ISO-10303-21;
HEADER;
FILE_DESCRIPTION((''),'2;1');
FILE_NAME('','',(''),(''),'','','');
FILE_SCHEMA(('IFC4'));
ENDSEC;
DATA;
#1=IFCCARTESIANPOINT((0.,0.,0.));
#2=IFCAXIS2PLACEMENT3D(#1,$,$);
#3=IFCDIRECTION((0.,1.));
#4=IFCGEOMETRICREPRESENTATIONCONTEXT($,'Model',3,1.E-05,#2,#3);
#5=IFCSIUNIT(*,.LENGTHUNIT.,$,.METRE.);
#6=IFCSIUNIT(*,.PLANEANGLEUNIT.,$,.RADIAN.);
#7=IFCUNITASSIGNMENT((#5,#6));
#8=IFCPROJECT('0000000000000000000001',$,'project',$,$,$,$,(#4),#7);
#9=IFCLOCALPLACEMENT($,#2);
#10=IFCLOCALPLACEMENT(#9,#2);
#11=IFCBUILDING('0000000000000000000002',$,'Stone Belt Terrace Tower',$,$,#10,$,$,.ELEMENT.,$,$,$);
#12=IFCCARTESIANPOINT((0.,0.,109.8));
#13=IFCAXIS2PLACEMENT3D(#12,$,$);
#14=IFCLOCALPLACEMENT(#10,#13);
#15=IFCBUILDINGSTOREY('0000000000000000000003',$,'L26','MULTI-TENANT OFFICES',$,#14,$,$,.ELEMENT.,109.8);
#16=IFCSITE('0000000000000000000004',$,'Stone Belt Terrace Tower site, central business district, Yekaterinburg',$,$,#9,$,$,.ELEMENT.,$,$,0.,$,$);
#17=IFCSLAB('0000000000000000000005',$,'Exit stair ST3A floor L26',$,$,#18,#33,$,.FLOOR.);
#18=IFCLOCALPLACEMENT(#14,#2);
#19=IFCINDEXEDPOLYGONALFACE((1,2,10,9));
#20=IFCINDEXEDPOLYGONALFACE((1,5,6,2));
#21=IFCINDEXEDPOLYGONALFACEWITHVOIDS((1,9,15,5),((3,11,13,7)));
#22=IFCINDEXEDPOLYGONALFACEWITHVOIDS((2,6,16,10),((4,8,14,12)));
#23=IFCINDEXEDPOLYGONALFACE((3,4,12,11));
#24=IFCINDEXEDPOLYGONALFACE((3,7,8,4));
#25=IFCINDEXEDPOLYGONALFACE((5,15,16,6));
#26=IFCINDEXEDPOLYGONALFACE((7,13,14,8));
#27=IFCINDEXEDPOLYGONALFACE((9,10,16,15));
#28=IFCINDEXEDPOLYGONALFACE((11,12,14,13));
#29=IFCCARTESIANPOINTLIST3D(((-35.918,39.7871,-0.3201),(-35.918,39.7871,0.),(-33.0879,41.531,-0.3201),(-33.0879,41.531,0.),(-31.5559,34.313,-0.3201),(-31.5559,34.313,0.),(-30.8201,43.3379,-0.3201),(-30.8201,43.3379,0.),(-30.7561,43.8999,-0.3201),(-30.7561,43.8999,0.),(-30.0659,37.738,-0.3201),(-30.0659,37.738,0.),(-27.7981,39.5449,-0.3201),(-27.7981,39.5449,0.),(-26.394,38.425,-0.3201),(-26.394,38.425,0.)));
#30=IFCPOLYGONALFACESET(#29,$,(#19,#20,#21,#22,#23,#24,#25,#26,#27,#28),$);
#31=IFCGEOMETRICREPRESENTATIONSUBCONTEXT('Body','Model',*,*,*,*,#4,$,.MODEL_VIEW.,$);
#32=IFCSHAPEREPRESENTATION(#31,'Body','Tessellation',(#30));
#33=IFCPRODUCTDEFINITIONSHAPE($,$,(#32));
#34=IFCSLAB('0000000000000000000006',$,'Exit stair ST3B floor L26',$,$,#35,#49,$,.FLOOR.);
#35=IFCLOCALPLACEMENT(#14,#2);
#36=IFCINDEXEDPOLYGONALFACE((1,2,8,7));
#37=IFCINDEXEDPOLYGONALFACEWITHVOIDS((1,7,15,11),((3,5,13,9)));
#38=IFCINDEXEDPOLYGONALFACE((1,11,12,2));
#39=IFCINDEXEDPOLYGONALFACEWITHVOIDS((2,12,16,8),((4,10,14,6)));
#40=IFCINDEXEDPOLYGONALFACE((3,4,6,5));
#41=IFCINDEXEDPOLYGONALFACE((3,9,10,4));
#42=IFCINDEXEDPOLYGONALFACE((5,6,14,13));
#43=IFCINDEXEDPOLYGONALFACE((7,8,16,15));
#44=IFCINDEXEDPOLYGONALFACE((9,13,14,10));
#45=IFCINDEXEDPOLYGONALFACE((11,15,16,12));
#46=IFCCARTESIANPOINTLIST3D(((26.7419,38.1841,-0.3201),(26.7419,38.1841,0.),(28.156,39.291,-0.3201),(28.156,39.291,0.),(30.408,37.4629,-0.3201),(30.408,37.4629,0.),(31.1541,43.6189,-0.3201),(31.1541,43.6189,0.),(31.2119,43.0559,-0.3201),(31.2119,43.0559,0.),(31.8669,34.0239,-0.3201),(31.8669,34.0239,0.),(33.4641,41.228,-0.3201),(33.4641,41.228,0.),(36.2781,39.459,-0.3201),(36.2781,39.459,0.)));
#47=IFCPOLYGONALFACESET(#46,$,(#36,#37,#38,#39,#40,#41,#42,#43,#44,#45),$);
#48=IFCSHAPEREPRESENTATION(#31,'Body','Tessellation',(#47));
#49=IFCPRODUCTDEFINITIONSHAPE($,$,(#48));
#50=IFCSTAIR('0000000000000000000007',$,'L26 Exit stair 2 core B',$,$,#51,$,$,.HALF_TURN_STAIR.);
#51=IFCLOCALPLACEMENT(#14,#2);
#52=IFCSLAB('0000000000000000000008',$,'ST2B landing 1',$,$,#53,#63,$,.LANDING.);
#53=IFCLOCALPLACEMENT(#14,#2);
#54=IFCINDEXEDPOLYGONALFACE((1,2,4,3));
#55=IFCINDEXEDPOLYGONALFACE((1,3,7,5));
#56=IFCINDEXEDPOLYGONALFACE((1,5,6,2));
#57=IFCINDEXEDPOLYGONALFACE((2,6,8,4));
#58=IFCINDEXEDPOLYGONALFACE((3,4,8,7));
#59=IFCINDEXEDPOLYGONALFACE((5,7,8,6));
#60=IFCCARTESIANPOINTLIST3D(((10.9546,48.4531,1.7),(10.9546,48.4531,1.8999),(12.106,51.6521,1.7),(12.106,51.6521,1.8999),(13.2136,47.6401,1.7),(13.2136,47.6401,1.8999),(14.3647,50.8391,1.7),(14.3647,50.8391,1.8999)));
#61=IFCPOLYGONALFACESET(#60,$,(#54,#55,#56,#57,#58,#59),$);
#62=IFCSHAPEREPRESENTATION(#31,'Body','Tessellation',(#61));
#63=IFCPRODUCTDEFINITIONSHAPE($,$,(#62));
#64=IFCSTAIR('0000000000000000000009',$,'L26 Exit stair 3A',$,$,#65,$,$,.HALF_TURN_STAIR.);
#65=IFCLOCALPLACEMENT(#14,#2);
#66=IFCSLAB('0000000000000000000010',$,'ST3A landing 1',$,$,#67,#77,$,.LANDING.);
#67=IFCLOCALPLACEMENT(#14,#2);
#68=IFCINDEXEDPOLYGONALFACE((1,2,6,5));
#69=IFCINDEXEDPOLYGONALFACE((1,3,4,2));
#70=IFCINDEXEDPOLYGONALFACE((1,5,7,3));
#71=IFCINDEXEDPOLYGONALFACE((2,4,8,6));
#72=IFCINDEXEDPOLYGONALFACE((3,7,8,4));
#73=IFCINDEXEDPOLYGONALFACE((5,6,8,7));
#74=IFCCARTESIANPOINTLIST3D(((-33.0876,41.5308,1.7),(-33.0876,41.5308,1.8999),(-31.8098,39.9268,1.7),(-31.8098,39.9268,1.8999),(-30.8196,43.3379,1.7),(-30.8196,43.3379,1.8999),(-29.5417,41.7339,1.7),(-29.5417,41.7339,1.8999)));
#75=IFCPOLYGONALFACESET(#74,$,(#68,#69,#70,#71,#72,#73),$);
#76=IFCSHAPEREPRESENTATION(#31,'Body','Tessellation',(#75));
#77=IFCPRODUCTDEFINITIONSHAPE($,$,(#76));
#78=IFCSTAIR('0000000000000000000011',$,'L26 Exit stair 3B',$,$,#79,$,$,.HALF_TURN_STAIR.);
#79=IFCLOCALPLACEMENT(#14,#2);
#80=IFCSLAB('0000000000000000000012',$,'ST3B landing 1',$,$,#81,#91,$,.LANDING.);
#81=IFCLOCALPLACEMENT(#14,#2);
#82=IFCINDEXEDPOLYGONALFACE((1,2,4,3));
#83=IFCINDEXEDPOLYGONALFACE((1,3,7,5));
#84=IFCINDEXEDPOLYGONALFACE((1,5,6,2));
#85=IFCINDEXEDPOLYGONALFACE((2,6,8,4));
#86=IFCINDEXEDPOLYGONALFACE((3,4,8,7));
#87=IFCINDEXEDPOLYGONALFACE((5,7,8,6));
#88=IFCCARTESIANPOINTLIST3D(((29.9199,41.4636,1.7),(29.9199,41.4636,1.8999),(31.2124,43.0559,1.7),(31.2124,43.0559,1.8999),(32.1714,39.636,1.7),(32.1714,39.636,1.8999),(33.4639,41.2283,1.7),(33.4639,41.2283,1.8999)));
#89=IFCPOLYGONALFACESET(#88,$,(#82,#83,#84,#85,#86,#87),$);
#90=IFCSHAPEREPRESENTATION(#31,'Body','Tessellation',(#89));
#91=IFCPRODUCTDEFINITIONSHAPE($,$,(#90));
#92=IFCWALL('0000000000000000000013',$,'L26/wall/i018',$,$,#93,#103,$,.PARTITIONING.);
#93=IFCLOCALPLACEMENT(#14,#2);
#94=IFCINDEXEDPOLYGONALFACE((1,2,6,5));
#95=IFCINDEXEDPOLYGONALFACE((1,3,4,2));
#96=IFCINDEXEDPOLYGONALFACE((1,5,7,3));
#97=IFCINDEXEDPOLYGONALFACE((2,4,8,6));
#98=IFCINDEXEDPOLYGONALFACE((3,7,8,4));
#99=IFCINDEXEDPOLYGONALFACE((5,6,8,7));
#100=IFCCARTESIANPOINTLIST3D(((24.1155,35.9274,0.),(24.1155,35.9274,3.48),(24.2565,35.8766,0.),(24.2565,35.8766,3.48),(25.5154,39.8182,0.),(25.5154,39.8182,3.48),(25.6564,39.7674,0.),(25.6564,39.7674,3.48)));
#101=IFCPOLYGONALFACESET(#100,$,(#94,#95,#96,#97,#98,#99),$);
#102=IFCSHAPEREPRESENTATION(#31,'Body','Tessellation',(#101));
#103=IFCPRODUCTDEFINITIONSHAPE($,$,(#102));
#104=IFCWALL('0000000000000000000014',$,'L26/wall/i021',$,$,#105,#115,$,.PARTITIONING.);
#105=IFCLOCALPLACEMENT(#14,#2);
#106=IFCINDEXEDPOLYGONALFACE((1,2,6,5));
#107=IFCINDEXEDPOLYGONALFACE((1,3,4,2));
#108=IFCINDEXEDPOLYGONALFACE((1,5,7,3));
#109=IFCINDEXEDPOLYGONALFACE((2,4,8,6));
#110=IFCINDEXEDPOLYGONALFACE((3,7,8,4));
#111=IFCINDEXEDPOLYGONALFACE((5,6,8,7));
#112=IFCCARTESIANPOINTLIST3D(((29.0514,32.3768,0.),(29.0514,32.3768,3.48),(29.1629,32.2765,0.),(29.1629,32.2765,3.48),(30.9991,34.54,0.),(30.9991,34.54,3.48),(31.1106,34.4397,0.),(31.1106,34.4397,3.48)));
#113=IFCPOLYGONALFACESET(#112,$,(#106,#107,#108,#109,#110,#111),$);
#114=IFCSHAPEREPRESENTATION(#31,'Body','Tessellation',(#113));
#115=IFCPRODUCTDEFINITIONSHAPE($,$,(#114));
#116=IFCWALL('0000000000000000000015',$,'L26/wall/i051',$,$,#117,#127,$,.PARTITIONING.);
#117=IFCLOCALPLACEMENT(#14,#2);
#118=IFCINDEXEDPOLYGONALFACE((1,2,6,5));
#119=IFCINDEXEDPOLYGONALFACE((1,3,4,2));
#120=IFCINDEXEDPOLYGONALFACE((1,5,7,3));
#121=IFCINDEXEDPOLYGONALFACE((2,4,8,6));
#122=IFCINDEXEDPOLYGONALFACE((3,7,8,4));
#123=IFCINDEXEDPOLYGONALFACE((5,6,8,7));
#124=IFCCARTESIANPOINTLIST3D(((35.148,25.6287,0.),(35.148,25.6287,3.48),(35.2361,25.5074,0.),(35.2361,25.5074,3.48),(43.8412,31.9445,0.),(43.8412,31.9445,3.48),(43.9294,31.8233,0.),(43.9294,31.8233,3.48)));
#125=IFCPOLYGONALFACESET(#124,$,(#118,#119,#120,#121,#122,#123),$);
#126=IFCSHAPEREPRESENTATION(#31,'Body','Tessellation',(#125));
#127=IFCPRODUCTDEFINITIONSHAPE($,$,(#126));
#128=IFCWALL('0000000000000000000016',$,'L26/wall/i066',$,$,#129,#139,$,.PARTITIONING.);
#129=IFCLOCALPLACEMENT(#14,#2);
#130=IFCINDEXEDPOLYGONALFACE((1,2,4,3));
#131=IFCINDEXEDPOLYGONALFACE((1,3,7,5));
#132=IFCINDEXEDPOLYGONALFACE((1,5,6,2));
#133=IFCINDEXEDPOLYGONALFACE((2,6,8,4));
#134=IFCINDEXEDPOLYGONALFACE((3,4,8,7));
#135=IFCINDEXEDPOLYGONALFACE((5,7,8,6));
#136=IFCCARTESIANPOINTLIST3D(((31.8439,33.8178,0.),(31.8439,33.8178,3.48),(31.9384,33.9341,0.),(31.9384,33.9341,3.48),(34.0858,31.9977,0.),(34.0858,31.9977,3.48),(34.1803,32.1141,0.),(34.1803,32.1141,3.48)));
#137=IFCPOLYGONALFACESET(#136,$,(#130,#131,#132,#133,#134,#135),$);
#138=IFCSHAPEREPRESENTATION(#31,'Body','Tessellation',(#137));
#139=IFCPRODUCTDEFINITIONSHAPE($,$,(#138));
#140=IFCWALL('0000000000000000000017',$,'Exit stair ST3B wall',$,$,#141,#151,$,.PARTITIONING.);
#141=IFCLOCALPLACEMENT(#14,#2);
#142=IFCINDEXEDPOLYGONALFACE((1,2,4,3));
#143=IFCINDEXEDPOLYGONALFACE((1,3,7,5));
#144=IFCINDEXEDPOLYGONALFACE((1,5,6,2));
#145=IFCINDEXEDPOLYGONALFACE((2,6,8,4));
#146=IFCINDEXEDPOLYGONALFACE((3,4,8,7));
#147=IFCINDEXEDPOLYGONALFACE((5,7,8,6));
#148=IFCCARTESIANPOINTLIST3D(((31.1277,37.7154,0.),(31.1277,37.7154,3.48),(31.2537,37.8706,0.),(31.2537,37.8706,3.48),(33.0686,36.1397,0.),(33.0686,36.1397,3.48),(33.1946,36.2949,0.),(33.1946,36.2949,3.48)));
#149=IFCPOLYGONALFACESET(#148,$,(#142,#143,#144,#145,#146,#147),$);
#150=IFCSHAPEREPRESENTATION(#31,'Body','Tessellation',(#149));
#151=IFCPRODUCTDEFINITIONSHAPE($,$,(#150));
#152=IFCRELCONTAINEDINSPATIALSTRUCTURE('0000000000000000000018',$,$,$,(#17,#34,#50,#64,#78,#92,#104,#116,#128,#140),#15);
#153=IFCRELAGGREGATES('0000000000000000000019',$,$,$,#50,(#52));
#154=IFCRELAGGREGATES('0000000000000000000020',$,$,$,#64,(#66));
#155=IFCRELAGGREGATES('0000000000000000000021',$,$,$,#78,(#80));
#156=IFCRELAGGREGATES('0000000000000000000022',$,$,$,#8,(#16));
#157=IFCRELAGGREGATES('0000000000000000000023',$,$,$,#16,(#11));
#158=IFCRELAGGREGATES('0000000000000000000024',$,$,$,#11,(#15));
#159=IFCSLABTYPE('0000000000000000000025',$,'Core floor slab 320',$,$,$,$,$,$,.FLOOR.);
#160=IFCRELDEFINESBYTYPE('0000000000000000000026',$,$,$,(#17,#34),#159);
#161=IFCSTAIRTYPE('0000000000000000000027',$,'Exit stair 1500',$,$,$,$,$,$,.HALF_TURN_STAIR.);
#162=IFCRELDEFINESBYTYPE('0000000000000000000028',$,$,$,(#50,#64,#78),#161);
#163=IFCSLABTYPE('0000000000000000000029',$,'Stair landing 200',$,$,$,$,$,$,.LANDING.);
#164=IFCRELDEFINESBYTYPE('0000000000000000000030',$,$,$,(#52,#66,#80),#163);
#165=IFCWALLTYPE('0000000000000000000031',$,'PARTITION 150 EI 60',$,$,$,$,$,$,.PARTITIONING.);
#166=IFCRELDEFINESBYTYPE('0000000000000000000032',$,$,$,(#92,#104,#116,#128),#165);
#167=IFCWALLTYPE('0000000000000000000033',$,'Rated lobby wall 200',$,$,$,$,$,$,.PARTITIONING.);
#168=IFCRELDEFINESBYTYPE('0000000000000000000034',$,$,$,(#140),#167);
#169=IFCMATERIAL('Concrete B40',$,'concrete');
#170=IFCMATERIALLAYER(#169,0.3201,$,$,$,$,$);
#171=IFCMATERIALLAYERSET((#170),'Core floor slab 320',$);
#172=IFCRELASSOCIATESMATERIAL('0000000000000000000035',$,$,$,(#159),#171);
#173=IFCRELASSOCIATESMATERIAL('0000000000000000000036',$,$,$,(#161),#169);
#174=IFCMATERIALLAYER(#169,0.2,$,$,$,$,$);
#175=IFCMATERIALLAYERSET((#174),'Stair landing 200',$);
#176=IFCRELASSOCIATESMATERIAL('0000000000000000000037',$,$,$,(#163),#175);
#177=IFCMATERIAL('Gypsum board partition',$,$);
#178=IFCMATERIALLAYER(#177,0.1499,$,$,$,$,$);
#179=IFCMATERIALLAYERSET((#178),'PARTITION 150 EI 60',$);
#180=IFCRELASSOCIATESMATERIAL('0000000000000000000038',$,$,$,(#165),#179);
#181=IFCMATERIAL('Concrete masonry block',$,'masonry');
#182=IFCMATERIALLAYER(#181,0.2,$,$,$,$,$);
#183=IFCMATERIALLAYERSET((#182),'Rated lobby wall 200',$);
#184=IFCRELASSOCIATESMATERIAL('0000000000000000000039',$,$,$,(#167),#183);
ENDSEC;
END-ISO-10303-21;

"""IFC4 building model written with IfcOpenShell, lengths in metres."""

from ifc_helpers import new_model, si_unit, direction, frame, frame_2d, origin, place, context, subcontext, project, spatial, polyline, rectangle, outline, extrude, material, layer, layer_set, type_object, element, aggregate, save


model = new_model("IFC4")

# Units and contexts
model_context = context("Model", 3, precision=1e-05, world=origin(), true_north=direction((0.0, 1.0)))
body_context = subcontext(model_context, "Body", "Model", "MODEL_VIEW")
ifc_project = project(units=[si_unit("LENGTHUNIT", "METRE"), si_unit("PLANEANGLEUNIT", "RADIAN")], contexts=[model_context])

# Site, building, storey
site_placement = place(None, origin())
site = spatial("IfcSite", under=ifc_project, at=site_placement, Name="Stone Belt Terrace Tower site, central business district, Yekaterinburg", CompositionType="ELEMENT", RefElevation=0.0)
building_placement = place(site_placement, origin())
building = spatial("IfcBuilding", under=site, at=building_placement, Name="Stone Belt Terrace Tower", CompositionType="ELEMENT")
storey_placement = place(building_placement, frame((0.0, 0.0, 109.8)))
storey = spatial("IfcBuildingStorey", under=building, at=storey_placement, Name="L26", Description="MULTI-TENANT OFFICES", CompositionType="ELEMENT", Elevation=109.8)

# Slabs
ifc_material_1 = material(Name="Concrete B40", Category="concrete")
ifc_layer_1 = layer(ifc_material_1, 0.3201)
ifc_layer_set_1 = layer_set([ifc_layer_1], Name="Core floor slab 320")
slab_type_1 = type_object("IfcSlabType", Name="Core floor slab 320", PredefinedType="FLOOR", material=ifc_layer_set_1)
slab_1_placement = place(storey_placement, frame((0.0, 0.0, -0.3201)))
element("IfcSlab", 1, at=slab_1_placement, inside=storey, type_object=slab_type_1, Name="Exit stair ST3A floor L26", PredefinedType="FLOOR", context=body_context, shape_type="SweptSolid", body=[
    extrude(outline(polyline([(-26.394, 38.425), (-30.7561, 43.8999), (-35.918, 39.7871), (-31.5559, 34.313), (-26.394, 38.425)]), holes=[polyline([(-27.7981, 39.5449), (-30.0659, 37.738), (-33.0879, 41.531), (-30.8201, 43.3379), (-27.7981, 39.5449)])]), origin(), (0.0, 0.0, 1.0), 0.3201),
])
slab_2_placement = place(storey_placement, frame((0.0, 0.0, -0.3201)))
element("IfcSlab", 2, at=slab_2_placement, inside=storey, type_object=slab_type_1, Name="Exit stair ST3B floor L26", PredefinedType="FLOOR", context=body_context, shape_type="SweptSolid", body=[
    extrude(outline(polyline([(26.7419, 38.1841), (31.8669, 34.0239), (36.2781, 39.459), (31.1541, 43.6189), (26.7419, 38.1841)]), holes=[polyline([(30.408, 37.4629), (28.156, 39.291), (31.2119, 43.0559), (33.4641, 41.228), (30.408, 37.4629)])]), origin(), (0.0, 0.0, 1.0), 0.3201),
])

# Stairs, slabs
stair_type = type_object("IfcStairType", Name="Exit stair 1500", PredefinedType="HALF_TURN_STAIR", material=ifc_material_1)
stair_1_placement = place(storey_placement, origin())
stair_1 = element("IfcStair", 3, at=stair_1_placement, inside=storey, type_object=stair_type, Name="L26 Exit stair 2 core B", PredefinedType="HALF_TURN_STAIR")
ifc_layer_2 = layer(ifc_material_1, 0.2)
ifc_layer_set_2 = layer_set([ifc_layer_2], Name="Stair landing 200")
slab_type_2 = type_object("IfcSlabType", Name="Stair landing 200", PredefinedType="LANDING", material=ifc_layer_set_2)
slab_3_placement = place(storey_placement, frame((0.0, 0.0, 1.7)))
slab_3 = element("IfcSlab", 4, at=slab_3_placement, type_object=slab_type_2, Name="ST2B landing 1", PredefinedType="LANDING", context=body_context, shape_type="SweptSolid", body=[
    extrude(outline(polyline([(14.3647, 50.8391), (12.106, 51.6521), (10.9546, 48.4531), (13.2136, 47.6401), (14.3647, 50.8391)])), origin(), (0.0, 0.0, 1.0), 0.2),
])
aggregate(stair_1, [slab_3])
stair_2_placement = place(storey_placement, origin())
stair_2 = element("IfcStair", 5, at=stair_2_placement, inside=storey, type_object=stair_type, Name="L26 Exit stair 3A", PredefinedType="HALF_TURN_STAIR")
slab_4_placement = place(storey_placement, frame((0.0, 0.0, 1.7)))
slab_4 = element("IfcSlab", 6, at=slab_4_placement, type_object=slab_type_2, Name="ST3A landing 1", PredefinedType="LANDING", context=body_context, shape_type="SweptSolid", body=[
    extrude(outline(polyline([(-29.5417, 41.7339), (-30.8196, 43.3379), (-33.0876, 41.5308), (-31.8098, 39.9268), (-29.5417, 41.7339)])), origin(), (0.0, 0.0, 1.0), 0.2),
])
aggregate(stair_2, [slab_4])
stair_3_placement = place(storey_placement, origin())
stair_3 = element("IfcStair", 7, at=stair_3_placement, inside=storey, type_object=stair_type, Name="L26 Exit stair 3B", PredefinedType="HALF_TURN_STAIR")
slab_5_placement = place(storey_placement, frame((0.0, 0.0, 1.7)))
slab_5 = element("IfcSlab", 8, at=slab_5_placement, type_object=slab_type_2, Name="ST3B landing 1", PredefinedType="LANDING", context=body_context, shape_type="SweptSolid", body=[
    extrude(outline(polyline([(32.1714, 39.636), (33.4639, 41.2283), (31.2124, 43.0559), (29.9199, 41.4636), (32.1714, 39.636)])), origin(), (0.0, 0.0, 1.0), 0.2),
])

# Walls
ifc_material_2 = material(Name="Gypsum board partition")
ifc_layer_3 = layer(ifc_material_2, 0.1499)
ifc_layer_set_3 = layer_set([ifc_layer_3], Name="PARTITION 150 EI 60")
wall_type_1 = type_object("IfcWallType", Name="PARTITION 150 EI 60", PredefinedType="PARTITIONING", material=ifc_layer_set_3)
wall_1_placement = place(storey_placement, frame((24.186, 35.9021, 0.0), z_axis=(0.0, 0.0, 1.0), x_axis=(0.338546, 0.94095, 0.0)))
element("IfcWall", 9, at=wall_1_placement, inside=storey, type_object=wall_type_1, Name="L26/wall/i018", PredefinedType="PARTITIONING", context=body_context, shape_type="SweptSolid", body=[
    extrude(rectangle(XDim=4.135, YDim=0.1499, at=frame_2d((2.0674, 0.0))), origin(), (0.0, 0.0, 1.0), 3.48),
])
wall_2_placement = place(storey_placement, frame((31.0549, 34.49, 0.0), z_axis=(0.0, 0.0, 1.0), x_axis=(-0.669108, -0.743165, 0.0)))
element("IfcWall", 10, at=wall_2_placement, inside=storey, type_object=wall_type_1, Name="L26/wall/i021", PredefinedType="PARTITIONING", context=body_context, shape_type="SweptSolid", body=[
    extrude(rectangle(XDim=2.9109, YDim=0.1499, at=frame_2d((1.4556, 0.0))), origin(), (0.0, 0.0, 1.0), 3.48),
])
wall_3_placement = place(storey_placement, frame((35.1921, 25.5681, 0.0), z_axis=(0.0, 0.0, 1.0), x_axis=(0.809025, 0.587774, 0.0)))
element("IfcWall", 11, at=wall_3_placement, inside=storey, type_object=wall_type_1, Name="L26/wall/i051", PredefinedType="PARTITIONING", context=body_context, shape_type="SweptSolid", body=[
    extrude(rectangle(XDim=10.7454, YDim=0.1499, at=frame_2d((5.3726, 0.0))), origin(), (0.0, 0.0, 1.0), 3.48),
])
wall_4_placement = place(storey_placement, frame((34.1331, 32.0559, 0.0), z_axis=(0.0, 0.0, 1.0), x_axis=(-0.77637, 0.630277, 0.0)))
element("IfcWall", 12, at=wall_4_placement, inside=storey, type_object=wall_type_1, Name="L26/wall/i066", PredefinedType="PARTITIONING", context=body_context, shape_type="SweptSolid", body=[
    extrude(rectangle(XDim=2.8877, YDim=0.1499, at=frame_2d((1.4438, 0.0))), origin(), (0.0, 0.0, 1.0), 3.48),
])
ifc_material_3 = material(Name="Concrete masonry block", Category="masonry")
ifc_layer_4 = layer(ifc_material_3, 0.2)
ifc_layer_set_4 = layer_set([ifc_layer_4], Name="Rated lobby wall 200")
wall_type_2 = type_object("IfcWallType", Name="Rated lobby wall 200", PredefinedType="PARTITIONING", material=ifc_layer_set_4)
wall_5_placement = place(storey_placement, frame((31.1907, 37.793, 0.0), z_axis=(0.0, 0.0, 1.0), x_axis=(0.776371, -0.630276, 0.0)))
element("IfcWall", 13, at=wall_5_placement, inside=storey, type_object=wall_type_2, Name="Exit stair ST3B wall", PredefinedType="PARTITIONING", context=body_context, shape_type="SweptSolid", body=[
    extrude(rectangle(XDim=2.5, YDim=0.2, at=frame_2d((1.25, 0.0))), origin(), (0.0, 0.0, 1.0), 3.48),
])

aggregate(stair_3, [slab_5])

save(model, "model.ifc")
